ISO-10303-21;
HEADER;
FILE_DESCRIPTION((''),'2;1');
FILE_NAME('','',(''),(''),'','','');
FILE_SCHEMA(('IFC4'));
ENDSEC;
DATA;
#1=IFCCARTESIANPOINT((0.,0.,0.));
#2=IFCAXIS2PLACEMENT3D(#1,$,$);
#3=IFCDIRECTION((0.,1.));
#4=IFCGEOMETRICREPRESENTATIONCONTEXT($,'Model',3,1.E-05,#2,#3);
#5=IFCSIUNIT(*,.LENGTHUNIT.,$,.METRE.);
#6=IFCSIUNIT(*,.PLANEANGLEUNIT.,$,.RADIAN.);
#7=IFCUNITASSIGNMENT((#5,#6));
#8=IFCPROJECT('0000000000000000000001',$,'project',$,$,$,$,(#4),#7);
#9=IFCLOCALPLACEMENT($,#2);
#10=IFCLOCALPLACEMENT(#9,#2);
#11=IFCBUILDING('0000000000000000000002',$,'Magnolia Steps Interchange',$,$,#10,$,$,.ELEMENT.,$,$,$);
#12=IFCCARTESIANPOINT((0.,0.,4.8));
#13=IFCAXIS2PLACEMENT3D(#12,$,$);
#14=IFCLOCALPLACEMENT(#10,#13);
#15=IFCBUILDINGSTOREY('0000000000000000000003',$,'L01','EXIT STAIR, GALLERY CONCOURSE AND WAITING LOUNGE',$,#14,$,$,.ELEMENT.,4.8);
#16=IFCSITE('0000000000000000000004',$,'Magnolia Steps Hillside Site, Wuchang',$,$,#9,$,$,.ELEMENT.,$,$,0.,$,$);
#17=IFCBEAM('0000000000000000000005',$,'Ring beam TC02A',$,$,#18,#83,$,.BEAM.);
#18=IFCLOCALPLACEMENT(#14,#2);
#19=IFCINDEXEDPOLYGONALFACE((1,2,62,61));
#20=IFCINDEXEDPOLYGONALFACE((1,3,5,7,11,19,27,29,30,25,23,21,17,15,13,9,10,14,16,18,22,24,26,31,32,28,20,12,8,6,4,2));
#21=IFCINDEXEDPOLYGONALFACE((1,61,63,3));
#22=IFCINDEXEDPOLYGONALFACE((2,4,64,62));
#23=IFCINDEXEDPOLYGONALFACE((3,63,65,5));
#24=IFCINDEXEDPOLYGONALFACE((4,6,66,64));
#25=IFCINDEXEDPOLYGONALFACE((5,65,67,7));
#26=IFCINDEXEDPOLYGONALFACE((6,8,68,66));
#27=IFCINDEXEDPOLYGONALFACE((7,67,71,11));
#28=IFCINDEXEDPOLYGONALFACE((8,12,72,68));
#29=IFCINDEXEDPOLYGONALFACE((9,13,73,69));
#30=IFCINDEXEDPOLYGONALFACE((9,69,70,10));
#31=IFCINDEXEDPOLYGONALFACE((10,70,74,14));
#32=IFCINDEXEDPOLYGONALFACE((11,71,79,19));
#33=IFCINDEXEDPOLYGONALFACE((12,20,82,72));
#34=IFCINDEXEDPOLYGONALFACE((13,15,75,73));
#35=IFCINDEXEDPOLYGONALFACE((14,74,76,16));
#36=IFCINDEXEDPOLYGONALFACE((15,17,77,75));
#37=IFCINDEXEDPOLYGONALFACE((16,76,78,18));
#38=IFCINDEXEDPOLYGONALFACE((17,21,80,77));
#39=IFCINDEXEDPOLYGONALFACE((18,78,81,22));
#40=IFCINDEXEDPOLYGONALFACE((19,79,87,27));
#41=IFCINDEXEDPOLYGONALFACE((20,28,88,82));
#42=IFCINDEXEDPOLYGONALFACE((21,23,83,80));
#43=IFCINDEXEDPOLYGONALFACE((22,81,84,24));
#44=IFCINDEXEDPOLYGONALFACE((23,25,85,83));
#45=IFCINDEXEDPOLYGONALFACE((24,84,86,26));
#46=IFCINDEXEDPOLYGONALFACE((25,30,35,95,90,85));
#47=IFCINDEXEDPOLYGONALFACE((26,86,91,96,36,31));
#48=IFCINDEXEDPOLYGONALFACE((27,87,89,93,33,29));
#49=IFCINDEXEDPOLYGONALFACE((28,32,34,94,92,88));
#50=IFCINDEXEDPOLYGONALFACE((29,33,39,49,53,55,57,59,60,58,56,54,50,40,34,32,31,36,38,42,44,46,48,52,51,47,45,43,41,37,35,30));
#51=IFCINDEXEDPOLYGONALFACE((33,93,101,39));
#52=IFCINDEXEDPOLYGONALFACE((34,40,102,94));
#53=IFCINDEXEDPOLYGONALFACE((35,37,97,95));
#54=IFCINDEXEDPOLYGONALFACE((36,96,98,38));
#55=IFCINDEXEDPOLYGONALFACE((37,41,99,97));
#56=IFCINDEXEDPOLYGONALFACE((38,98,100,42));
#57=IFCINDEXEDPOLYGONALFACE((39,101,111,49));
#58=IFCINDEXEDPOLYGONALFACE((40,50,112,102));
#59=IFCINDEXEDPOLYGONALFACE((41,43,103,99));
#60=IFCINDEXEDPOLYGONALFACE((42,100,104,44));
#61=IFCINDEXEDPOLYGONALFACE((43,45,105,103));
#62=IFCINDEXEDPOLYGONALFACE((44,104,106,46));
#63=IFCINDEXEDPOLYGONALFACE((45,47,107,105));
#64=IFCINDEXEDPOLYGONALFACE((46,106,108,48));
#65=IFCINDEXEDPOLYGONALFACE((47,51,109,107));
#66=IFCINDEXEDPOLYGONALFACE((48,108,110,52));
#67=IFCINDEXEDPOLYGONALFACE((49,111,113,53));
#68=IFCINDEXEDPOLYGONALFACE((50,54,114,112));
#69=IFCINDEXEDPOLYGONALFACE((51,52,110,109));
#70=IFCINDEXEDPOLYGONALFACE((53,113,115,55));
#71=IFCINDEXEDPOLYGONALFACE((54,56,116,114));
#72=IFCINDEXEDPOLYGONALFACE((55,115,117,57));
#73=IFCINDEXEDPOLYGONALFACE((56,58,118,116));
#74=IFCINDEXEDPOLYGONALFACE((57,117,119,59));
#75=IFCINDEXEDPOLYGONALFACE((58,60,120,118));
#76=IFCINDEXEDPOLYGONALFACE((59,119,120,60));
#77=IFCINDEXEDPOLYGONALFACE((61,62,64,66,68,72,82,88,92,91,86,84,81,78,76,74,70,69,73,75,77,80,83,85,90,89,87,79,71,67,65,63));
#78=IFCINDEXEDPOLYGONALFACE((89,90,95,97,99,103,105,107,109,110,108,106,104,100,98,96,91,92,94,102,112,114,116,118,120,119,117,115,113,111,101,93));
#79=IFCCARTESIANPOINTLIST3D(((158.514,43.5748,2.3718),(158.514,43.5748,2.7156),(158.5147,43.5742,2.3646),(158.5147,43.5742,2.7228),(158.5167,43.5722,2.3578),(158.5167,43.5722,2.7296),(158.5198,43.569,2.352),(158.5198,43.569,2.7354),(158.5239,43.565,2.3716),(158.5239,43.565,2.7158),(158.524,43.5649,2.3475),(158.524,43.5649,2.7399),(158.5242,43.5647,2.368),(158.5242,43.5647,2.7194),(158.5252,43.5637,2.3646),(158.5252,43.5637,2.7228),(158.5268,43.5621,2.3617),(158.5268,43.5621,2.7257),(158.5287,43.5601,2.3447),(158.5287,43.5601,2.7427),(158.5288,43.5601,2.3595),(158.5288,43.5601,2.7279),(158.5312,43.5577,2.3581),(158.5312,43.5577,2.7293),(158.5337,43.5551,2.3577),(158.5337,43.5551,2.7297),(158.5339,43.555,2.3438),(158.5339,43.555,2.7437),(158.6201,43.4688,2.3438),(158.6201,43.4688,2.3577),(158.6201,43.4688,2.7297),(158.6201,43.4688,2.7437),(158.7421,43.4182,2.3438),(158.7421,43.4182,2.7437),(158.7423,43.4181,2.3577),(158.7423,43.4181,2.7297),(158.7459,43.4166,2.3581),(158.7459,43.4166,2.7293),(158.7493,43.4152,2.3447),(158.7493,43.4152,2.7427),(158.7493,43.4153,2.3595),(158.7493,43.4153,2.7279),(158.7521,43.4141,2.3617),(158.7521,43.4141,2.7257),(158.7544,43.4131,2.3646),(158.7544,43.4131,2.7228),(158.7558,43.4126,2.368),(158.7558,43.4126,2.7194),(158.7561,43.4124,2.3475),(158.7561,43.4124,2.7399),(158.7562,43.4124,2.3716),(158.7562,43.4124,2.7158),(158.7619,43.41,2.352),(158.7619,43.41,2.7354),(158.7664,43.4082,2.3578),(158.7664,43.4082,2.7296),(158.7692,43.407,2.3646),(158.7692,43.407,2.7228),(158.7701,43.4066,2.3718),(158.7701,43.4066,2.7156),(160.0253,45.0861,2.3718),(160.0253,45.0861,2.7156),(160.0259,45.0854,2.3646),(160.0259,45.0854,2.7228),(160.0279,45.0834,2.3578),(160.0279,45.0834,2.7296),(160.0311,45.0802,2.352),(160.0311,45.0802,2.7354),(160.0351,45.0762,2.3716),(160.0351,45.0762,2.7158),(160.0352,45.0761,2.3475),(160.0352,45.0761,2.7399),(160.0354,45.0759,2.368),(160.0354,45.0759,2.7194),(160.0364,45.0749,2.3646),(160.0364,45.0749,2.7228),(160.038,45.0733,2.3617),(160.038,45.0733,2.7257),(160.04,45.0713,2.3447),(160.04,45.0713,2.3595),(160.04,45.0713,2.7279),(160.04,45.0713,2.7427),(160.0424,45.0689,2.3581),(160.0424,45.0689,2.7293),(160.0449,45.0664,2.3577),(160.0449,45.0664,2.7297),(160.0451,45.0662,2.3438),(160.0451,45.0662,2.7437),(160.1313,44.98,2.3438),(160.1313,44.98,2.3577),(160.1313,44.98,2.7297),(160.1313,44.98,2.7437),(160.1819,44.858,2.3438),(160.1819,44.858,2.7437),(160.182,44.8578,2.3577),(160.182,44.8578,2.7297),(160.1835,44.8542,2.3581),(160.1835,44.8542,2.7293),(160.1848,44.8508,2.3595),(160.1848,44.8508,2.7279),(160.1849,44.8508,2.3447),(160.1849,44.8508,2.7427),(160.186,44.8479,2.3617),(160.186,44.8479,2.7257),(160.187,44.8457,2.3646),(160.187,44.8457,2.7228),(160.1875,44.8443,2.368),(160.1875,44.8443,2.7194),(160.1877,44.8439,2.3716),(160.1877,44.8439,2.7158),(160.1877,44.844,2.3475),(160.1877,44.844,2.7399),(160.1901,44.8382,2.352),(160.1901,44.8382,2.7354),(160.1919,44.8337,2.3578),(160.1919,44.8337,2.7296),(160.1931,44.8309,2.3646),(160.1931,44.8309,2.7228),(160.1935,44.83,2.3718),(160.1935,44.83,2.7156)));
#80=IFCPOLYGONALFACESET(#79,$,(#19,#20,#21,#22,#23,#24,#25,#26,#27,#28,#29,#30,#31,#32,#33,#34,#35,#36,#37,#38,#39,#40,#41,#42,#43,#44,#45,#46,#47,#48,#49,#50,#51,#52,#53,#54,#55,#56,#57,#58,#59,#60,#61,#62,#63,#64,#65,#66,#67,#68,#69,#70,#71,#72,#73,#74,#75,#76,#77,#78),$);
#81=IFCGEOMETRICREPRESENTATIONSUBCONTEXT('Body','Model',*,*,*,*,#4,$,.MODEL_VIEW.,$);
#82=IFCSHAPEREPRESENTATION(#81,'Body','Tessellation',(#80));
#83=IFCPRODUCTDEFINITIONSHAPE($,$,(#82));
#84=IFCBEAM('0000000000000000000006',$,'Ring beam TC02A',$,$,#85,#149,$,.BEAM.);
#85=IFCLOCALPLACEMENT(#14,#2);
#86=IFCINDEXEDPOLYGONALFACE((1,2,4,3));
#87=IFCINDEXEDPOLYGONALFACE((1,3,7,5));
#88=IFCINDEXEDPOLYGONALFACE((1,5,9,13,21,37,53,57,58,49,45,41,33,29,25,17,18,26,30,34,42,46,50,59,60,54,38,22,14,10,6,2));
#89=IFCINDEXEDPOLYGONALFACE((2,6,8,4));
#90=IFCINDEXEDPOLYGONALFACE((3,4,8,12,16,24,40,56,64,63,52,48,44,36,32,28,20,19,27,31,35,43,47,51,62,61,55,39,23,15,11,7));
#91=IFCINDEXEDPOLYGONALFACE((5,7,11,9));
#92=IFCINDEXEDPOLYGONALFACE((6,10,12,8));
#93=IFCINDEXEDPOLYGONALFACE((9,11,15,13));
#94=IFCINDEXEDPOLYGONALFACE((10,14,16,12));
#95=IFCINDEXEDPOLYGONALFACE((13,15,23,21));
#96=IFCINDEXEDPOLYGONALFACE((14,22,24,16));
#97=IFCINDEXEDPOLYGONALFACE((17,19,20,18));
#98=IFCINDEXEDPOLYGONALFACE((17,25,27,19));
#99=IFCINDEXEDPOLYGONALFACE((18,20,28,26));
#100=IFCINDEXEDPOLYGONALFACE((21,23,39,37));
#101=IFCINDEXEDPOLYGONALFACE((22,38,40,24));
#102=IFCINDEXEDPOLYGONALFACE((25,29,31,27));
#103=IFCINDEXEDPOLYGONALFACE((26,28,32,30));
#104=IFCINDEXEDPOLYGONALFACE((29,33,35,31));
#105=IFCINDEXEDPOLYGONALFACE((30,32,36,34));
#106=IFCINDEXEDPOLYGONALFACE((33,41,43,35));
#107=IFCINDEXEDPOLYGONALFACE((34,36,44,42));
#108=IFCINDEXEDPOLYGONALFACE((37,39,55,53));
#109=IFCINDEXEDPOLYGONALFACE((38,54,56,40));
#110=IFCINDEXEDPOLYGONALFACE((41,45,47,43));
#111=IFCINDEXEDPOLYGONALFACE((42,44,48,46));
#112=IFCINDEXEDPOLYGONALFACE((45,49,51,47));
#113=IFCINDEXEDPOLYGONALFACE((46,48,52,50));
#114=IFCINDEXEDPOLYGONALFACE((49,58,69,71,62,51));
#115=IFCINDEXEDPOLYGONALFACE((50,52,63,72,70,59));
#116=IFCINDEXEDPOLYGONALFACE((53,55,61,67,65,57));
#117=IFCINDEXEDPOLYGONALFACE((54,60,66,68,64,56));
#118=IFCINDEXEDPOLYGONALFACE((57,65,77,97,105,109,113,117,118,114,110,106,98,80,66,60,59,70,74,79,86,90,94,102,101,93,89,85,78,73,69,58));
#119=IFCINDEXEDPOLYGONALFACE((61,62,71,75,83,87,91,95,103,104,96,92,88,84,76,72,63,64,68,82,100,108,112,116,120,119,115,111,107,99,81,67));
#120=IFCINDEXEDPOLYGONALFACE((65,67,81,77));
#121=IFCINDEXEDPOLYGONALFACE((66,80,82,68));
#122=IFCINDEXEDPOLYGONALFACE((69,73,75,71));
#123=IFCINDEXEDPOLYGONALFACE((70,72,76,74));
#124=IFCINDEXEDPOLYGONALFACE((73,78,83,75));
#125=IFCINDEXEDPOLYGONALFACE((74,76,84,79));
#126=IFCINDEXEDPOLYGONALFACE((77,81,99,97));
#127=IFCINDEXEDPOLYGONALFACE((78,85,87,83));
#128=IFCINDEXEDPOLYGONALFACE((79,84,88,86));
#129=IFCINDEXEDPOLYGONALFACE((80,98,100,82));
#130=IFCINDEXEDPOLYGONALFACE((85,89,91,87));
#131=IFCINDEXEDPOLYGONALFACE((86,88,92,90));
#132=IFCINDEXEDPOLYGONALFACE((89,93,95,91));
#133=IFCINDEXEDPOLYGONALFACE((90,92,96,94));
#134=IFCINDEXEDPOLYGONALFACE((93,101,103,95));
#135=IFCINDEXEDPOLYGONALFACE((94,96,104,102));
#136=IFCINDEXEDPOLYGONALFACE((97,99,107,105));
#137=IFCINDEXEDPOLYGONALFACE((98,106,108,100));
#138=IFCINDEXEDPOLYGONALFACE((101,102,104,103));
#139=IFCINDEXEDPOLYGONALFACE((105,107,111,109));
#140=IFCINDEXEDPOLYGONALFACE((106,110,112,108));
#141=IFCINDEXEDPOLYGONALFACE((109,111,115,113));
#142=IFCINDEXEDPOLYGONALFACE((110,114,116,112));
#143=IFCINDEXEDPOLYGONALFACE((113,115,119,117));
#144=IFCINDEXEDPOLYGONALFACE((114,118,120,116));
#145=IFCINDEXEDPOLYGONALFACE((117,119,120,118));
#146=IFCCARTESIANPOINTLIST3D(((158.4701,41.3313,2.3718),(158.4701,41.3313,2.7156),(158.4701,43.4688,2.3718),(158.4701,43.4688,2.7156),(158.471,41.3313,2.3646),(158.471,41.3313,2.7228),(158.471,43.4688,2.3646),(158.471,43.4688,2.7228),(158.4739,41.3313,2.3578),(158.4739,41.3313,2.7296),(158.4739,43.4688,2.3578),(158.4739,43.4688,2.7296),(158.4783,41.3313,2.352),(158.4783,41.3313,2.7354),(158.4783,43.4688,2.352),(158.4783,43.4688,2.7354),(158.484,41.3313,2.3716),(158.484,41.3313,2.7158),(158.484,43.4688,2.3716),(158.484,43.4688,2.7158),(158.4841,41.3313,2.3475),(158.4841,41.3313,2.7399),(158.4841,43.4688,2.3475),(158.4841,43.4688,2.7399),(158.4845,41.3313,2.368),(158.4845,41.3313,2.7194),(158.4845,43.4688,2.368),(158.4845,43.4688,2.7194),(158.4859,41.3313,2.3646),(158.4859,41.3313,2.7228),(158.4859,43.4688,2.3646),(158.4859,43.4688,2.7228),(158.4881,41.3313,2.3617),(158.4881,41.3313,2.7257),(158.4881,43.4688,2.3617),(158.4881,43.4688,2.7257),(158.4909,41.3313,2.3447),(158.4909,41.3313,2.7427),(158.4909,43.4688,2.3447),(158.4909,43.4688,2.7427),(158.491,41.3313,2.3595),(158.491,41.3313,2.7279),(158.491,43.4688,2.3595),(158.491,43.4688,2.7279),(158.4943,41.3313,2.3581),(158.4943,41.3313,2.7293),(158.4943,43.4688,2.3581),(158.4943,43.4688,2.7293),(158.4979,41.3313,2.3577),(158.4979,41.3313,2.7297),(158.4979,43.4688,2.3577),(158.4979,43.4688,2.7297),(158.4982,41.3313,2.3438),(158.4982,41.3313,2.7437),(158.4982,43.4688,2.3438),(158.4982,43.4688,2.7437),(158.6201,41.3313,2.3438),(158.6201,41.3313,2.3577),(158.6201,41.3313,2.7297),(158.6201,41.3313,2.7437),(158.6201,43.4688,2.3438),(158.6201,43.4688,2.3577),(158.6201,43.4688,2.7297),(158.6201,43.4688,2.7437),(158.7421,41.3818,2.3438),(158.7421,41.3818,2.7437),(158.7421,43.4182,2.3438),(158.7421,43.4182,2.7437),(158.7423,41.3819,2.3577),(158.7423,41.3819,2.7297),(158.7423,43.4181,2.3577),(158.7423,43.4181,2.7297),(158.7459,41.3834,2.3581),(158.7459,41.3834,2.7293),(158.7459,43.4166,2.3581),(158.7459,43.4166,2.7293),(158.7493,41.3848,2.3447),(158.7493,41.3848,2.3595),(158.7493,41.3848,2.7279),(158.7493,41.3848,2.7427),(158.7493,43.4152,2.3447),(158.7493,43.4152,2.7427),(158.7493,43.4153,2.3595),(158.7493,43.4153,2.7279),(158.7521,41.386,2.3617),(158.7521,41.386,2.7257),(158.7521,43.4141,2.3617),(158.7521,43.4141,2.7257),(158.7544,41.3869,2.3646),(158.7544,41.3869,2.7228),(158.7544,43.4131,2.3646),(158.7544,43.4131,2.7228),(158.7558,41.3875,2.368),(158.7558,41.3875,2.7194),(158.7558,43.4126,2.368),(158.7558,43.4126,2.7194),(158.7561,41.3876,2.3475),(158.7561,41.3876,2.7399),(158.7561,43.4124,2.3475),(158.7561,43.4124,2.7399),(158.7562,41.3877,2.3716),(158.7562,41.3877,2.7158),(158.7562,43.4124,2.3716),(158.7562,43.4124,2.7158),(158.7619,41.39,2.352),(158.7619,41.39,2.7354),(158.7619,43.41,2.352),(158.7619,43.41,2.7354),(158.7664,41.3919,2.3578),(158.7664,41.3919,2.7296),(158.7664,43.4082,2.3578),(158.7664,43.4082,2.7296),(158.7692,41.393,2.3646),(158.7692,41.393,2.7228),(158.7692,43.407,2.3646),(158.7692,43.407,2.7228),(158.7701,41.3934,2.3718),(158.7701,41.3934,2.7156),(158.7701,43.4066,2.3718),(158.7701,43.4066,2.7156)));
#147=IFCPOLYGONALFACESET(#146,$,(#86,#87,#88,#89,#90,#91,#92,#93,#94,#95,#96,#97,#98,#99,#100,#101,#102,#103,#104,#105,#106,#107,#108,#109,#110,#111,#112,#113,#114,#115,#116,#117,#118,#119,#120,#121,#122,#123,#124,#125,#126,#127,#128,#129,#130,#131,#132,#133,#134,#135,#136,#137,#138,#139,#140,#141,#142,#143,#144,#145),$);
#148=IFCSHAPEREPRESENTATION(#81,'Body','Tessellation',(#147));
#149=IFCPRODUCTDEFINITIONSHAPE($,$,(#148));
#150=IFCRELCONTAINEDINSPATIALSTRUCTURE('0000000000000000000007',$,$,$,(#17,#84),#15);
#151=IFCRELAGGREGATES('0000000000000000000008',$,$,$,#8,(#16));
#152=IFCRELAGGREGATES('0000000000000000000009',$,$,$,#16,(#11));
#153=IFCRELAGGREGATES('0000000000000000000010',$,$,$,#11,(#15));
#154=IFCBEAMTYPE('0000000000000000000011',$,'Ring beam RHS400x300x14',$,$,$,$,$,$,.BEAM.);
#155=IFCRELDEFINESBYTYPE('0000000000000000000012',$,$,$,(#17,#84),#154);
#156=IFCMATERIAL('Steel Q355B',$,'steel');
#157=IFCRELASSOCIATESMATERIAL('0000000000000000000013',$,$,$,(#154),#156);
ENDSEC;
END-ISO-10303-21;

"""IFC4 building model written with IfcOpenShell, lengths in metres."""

from ifc_helpers import new_model, si_unit, direction, frame, origin, origin_2d, place, context, subcontext, project, spatial, hollow_rectangle, extrude, clip, halfspace, material, material_profile, profile_set, type_object, element, save


model = new_model("IFC4")

# Units and contexts
model_context = context("Model", 3, precision=1e-05, world=origin(), true_north=direction((0.0, 1.0)))
body_context = subcontext(model_context, "Body", "Model", "MODEL_VIEW")
ifc_project = project(units=[si_unit("LENGTHUNIT", "METRE"), si_unit("PLANEANGLEUNIT", "RADIAN")], contexts=[model_context])

# Site, building, storey
site_placement = place(None, origin())
site = spatial("IfcSite", under=ifc_project, at=site_placement, Name="Magnolia Steps Hillside Site, Wuchang", CompositionType="ELEMENT", RefElevation=0.0)
building_placement = place(site_placement, origin())
building = spatial("IfcBuilding", under=site, at=building_placement, Name="Magnolia Steps Interchange", CompositionType="ELEMENT")
storey_placement = place(building_placement, frame((0.0, 0.0, 4.8)))
storey = spatial("IfcBuildingStorey", under=building, at=storey_placement, Name="L01", Description="EXIT STAIR, GALLERY CONCOURSE AND WAITING LOUNGE", CompositionType="ELEMENT", Elevation=4.8)

# Beams
ifc_material_1 = material(Name="Steel Q355B", Category="steel")
ifc_material_profile_1 = material_profile(ifc_material_1, hollow_rectangle(XDim=0.3, YDim=0.3999, WallThickness=0.0139, InnerFilletRadius=0.0139, OuterFilletRadius=0.0281, at=origin_2d()), Name="RHS400x300x14")
ifc_profile_set_1 = profile_set([ifc_material_profile_1], Name="Steel Q355B")
beam_type = type_object("IfcBeamType", Name="Ring beam RHS400x300x14", PredefinedType="BEAM", material=ifc_profile_set_1)
beam_1_placement = place(storey_placement, frame((160.1313, 44.98, 2.5437), z_axis=(-0.707107, -0.707107, 0.0), x_axis=(0.707107, -0.707107, 0.0)))
element("IfcBeam", 1, at=beam_1_placement, inside=storey, type_object=beam_type, Name="Ring beam TC02A", PredefinedType="BEAM", context=body_context, shape_type="Clipping", body=[
    clip(clip(extrude(hollow_rectangle(XDim=0.3, YDim=0.3999, WallThickness=0.0139, InnerFilletRadius=0.0139, OuterFilletRadius=0.0281, at=origin_2d()), origin(), (0.0, 0.0, 1.0), 2.1372), halfspace(frame((0.0, 0.0, 0.0), z_axis=(0.382683, 0.0, -0.92388), x_axis=(0.92388, 0.0, 0.382683)), False)), halfspace(frame((0.0, 0.0, 2.1372), z_axis=(0.382683, 0.0, 0.92388), x_axis=(0.92388, 0.0, -0.382683)), False)),
])
beam_2_placement = place(storey_placement, frame((158.6201, 43.4688, 2.5437), z_axis=(0.0, -1.0, 0.0), x_axis=(1.0, 0.0, 0.0)))
element("IfcBeam", 2, at=beam_2_placement, inside=storey, type_object=beam_type, Name="Ring beam TC02A", PredefinedType="BEAM", context=body_context, shape_type="Clipping", body=[
    clip(clip(extrude(hollow_rectangle(XDim=0.3, YDim=0.3999, WallThickness=0.0139, InnerFilletRadius=0.0139, OuterFilletRadius=0.0281, at=origin_2d()), origin(), (0.0, 0.0, 1.0), 2.1375), halfspace(frame((0.0, 0.0, 0.0), z_axis=(0.382683, 0.0, -0.92388), x_axis=(0.92388, 0.0, 0.382683)), False)), halfspace(frame((0.0, 0.0, 2.1375), z_axis=(0.382683, 0.0, 0.92388), x_axis=(0.92388, 0.0, -0.382683)), False)),
])

save(model, "model.ifc")
